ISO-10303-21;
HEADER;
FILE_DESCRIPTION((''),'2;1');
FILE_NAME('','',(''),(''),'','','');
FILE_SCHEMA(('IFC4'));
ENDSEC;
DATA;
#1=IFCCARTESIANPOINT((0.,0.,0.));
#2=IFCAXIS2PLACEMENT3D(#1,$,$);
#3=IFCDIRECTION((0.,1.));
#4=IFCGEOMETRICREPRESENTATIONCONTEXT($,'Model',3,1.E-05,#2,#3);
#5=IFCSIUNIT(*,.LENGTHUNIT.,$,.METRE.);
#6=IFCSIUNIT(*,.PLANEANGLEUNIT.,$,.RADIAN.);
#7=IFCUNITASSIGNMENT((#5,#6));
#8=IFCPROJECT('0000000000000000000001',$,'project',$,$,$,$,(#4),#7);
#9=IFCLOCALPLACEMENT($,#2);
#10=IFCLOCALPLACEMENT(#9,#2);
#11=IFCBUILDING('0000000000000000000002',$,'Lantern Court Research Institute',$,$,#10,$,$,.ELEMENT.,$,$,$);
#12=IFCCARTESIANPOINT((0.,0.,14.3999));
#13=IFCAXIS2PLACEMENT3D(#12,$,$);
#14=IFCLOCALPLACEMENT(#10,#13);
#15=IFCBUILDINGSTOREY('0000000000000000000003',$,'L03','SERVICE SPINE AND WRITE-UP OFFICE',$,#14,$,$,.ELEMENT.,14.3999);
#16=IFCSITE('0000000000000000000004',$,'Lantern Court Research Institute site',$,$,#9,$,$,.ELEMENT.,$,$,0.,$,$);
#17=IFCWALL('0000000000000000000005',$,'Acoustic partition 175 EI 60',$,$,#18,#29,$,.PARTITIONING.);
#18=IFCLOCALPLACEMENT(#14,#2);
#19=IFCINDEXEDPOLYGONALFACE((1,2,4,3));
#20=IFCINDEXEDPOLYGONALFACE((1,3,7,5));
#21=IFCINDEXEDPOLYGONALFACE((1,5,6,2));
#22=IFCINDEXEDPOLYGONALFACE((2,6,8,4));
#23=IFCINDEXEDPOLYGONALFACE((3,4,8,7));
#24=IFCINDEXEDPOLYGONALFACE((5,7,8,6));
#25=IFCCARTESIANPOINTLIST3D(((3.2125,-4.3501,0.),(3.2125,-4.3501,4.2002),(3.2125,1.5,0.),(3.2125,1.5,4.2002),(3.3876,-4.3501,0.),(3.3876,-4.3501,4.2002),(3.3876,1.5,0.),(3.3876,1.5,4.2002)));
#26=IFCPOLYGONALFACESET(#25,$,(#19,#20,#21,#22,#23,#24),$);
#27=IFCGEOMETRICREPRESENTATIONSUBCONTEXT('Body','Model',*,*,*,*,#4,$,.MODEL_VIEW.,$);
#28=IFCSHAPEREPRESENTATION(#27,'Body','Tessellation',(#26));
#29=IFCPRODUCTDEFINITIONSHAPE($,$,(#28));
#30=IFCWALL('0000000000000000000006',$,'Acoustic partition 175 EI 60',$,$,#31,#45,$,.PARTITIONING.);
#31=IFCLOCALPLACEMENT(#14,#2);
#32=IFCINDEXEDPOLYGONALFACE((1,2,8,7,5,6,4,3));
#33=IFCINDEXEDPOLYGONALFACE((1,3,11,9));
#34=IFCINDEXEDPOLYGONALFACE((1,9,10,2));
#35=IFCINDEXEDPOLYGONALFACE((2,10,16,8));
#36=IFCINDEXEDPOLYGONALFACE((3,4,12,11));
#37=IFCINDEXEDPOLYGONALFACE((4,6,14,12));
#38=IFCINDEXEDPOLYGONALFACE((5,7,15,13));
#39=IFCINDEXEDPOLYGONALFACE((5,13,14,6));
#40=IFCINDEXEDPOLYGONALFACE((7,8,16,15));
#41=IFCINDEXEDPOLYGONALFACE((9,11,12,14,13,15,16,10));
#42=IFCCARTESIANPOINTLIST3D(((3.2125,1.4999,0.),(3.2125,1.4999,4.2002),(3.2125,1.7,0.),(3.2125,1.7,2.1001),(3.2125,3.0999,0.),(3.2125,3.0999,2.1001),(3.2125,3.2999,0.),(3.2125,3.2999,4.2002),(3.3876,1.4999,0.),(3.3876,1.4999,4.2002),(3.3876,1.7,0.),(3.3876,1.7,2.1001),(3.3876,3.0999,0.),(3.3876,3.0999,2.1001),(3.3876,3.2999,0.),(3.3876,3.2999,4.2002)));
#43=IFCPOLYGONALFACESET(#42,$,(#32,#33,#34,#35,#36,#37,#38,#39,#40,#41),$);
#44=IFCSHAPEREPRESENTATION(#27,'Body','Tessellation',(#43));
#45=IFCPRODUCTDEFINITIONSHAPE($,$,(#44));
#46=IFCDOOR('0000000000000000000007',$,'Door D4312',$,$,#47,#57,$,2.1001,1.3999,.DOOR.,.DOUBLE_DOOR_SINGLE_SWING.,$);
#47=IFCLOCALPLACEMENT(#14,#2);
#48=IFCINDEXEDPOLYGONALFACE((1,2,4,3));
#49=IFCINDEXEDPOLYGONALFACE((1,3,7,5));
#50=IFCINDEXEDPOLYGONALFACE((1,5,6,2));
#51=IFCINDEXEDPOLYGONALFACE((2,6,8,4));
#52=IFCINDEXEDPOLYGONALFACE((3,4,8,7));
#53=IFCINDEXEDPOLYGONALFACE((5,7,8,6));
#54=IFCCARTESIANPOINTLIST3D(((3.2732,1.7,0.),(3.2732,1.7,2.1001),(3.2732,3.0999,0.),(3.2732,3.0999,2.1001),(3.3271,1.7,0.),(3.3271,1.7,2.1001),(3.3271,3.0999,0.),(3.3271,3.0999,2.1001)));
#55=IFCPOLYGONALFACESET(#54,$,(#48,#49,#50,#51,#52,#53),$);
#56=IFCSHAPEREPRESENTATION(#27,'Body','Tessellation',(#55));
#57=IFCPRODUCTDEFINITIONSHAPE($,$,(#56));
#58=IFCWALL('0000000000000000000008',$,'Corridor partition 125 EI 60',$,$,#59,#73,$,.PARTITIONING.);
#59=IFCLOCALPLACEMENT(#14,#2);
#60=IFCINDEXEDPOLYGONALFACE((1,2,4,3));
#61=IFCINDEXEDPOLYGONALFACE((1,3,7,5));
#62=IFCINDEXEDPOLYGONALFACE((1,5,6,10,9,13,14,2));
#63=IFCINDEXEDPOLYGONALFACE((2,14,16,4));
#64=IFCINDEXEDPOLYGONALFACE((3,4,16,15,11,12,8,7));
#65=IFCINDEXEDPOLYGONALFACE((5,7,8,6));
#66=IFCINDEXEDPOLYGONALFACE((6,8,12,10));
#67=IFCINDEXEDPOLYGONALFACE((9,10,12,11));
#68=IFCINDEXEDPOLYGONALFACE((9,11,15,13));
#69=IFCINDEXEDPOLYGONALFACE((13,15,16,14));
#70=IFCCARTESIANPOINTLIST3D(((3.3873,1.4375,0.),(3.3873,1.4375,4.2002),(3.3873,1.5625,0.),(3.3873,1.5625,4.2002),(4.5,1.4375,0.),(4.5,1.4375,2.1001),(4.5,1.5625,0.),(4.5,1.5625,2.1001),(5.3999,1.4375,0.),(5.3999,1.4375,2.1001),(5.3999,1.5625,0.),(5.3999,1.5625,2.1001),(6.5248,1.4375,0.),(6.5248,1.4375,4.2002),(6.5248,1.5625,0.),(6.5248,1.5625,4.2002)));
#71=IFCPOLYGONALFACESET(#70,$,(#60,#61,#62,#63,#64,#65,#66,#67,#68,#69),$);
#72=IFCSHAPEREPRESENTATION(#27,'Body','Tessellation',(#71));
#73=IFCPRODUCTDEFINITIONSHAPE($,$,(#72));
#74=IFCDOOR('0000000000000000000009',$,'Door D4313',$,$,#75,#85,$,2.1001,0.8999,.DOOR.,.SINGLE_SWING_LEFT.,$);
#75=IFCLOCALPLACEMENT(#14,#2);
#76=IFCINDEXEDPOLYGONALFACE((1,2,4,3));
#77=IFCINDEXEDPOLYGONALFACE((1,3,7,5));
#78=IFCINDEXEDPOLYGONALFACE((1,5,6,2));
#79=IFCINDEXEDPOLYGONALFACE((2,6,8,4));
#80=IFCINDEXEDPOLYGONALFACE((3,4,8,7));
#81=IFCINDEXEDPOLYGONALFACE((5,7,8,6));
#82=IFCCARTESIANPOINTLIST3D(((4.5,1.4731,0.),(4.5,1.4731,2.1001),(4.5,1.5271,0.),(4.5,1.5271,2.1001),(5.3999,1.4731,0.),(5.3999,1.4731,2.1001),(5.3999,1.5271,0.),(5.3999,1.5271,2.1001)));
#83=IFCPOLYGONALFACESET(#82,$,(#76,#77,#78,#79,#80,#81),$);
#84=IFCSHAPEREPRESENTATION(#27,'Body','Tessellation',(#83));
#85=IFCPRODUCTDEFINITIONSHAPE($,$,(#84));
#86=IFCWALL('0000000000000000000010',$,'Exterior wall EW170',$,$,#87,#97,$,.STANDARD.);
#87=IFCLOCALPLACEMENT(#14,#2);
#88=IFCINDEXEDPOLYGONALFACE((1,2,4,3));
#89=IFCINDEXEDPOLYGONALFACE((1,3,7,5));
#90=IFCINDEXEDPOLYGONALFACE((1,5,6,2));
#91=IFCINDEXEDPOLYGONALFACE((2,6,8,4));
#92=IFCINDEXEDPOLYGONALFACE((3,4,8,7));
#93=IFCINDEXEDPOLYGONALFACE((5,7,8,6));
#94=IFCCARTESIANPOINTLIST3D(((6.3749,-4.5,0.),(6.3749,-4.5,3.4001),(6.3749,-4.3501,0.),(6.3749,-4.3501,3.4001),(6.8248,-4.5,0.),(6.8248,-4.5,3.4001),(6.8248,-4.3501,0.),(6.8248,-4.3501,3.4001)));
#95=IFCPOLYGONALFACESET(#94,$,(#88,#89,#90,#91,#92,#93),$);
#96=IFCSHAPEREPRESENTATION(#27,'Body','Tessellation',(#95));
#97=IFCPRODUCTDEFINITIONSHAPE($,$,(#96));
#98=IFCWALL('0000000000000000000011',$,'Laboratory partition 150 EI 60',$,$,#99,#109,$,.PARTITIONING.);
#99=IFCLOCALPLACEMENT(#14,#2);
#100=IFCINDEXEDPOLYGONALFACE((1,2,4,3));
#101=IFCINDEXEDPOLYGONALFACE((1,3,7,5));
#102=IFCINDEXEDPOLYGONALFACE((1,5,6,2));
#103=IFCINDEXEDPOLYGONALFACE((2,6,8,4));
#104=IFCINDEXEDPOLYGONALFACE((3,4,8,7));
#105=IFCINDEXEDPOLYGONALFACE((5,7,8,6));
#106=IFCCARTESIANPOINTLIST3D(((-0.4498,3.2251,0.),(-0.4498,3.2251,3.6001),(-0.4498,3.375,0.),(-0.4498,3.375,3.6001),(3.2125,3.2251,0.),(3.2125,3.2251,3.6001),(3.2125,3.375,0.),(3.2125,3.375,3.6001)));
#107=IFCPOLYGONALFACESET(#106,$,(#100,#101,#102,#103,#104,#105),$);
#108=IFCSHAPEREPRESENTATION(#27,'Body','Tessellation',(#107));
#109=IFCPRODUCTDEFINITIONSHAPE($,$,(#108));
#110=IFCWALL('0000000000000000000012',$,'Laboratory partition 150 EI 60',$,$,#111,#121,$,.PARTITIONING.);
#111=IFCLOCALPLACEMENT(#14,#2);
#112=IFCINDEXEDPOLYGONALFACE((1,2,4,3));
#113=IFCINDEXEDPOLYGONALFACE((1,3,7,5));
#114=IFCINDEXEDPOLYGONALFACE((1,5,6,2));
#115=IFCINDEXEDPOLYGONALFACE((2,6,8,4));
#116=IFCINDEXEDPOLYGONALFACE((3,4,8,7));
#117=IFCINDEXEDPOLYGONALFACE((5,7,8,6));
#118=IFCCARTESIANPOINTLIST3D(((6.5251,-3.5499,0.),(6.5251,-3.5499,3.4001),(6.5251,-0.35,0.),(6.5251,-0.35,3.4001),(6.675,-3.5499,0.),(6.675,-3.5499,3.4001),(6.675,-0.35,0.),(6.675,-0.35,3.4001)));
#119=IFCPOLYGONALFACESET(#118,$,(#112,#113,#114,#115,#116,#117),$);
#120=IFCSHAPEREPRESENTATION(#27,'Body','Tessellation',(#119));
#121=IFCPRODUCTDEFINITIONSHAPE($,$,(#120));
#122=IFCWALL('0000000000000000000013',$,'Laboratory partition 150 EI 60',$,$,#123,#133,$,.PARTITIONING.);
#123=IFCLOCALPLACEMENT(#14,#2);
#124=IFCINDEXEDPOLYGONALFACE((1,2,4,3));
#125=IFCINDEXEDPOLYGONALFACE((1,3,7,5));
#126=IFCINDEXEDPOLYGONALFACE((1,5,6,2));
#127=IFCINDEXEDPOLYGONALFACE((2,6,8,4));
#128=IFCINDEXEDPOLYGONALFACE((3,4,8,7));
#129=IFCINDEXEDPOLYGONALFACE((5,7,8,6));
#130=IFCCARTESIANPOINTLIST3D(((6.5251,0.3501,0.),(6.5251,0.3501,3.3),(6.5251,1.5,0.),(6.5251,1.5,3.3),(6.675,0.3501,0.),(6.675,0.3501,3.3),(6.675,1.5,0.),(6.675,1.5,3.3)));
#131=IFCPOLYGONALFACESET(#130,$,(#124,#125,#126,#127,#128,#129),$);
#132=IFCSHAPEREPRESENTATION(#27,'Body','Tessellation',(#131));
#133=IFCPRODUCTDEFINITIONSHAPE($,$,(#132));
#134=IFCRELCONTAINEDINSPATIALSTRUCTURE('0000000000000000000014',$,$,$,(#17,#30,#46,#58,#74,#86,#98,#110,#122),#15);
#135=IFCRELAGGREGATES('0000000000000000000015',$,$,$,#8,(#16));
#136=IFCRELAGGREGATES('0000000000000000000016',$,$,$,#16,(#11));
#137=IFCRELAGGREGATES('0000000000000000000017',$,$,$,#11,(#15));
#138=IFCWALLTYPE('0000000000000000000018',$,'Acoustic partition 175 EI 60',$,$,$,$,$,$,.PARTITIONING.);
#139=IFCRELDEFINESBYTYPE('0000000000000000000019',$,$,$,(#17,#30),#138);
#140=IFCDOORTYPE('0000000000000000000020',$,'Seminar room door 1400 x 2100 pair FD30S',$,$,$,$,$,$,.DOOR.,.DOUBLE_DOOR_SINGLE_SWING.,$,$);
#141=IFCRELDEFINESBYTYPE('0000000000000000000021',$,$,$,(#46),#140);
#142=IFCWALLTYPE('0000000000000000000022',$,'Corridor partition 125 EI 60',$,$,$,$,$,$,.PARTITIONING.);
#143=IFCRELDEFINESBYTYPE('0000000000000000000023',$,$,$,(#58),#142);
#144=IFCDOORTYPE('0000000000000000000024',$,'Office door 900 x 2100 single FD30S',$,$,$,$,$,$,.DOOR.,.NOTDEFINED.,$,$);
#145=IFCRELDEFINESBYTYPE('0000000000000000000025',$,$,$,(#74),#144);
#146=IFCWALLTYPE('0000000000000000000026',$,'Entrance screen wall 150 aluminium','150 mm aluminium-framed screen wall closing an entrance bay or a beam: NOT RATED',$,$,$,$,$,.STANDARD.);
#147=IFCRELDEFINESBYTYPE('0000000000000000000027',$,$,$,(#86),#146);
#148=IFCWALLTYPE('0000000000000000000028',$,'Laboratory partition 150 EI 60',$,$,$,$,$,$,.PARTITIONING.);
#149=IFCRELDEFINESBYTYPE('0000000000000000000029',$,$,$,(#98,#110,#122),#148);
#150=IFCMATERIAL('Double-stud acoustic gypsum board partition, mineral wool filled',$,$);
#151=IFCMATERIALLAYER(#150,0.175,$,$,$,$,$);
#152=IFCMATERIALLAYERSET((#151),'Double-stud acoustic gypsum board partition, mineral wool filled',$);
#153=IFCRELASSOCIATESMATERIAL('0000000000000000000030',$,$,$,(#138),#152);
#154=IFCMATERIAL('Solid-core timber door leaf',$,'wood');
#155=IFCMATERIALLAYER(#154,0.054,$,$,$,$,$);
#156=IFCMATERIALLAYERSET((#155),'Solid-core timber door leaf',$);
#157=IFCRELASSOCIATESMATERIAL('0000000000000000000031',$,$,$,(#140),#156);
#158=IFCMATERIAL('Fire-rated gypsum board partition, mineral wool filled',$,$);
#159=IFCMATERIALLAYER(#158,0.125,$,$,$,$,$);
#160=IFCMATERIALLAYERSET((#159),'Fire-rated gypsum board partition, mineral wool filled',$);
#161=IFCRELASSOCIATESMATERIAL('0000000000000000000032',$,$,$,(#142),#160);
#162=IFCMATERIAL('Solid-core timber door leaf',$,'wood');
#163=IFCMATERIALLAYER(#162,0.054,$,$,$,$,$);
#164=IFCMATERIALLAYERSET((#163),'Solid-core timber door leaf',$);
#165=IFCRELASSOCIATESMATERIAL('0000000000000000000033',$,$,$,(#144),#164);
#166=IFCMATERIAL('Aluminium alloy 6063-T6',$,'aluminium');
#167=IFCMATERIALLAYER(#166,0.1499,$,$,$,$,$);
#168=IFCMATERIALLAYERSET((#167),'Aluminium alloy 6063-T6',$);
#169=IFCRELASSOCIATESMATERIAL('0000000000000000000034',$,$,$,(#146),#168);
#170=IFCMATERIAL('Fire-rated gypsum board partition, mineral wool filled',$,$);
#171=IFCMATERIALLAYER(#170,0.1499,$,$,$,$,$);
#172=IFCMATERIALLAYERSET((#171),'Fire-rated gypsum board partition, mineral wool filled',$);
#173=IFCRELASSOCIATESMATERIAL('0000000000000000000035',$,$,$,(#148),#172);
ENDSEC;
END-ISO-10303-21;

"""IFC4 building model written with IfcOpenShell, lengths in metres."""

from ifc_helpers import new_model, si_unit, direction, frame, frame_2d, origin, place, context, subcontext, project, spatial, rectangle, extrude, material, layer, layer_set, type_object, element, fill, save


model = new_model("IFC4")

# Units and contexts
model_context = context("Model", 3, precision=1e-05, world=origin(), true_north=direction((0.0, 1.0)))
body_context = subcontext(model_context, "Body", "Model", "MODEL_VIEW")
ifc_project = project(units=[si_unit("LENGTHUNIT", "METRE"), si_unit("PLANEANGLEUNIT", "RADIAN")], contexts=[model_context])

# Site, building, storey
site_placement = place(None, origin())
site = spatial("IfcSite", under=ifc_project, at=site_placement, Name="Lantern Court Research Institute site", CompositionType="ELEMENT", RefElevation=0.0)
building_placement = place(site_placement, origin())
building = spatial("IfcBuilding", under=site, at=building_placement, Name="Lantern Court Research Institute", CompositionType="ELEMENT")
storey_placement = place(building_placement, frame((0.0, 0.0, 14.3999)))
storey = spatial("IfcBuildingStorey", under=building, at=storey_placement, Name="L03", Description="SERVICE SPINE AND WRITE-UP OFFICE", CompositionType="ELEMENT", Elevation=14.3999)

# Wall
ifc_material_1 = material(Name="Double-stud acoustic gypsum board partition, mineral wool filled")
ifc_layer_1 = layer(ifc_material_1, 0.175)
ifc_layer_set_1 = layer_set([ifc_layer_1], Name="Double-stud acoustic gypsum board partition, mineral wool filled")
wall_type_1 = type_object("IfcWallType", Name="Acoustic partition 175 EI 60", PredefinedType="PARTITIONING", material=ifc_layer_set_1)
wall_1_placement = place(storey_placement, frame((3.3, -4.3501, 0.0), z_axis=(0.0, 0.0, 1.0), x_axis=(0.0, 1.0, 0.0)))
element("IfcWall", 1, at=wall_1_placement, inside=storey, type_object=wall_type_1, Name="Acoustic partition 175 EI 60", PredefinedType="PARTITIONING", context=body_context, shape_type="SweptSolid", body=[
    extrude(rectangle(XDim=5.8501, YDim=0.175, at=frame_2d((2.925, 0.0))), origin(), (0.0, 0.0, 1.0), 4.2002),
])

# Walls, openings, doors
wall_2_placement = place(storey_placement, frame((3.3, 1.5, 0.0), z_axis=(0.0, 0.0, 1.0), x_axis=(0.0, 1.0, 0.0)))
wall_2 = element("IfcWall", 2, at=wall_2_placement, inside=storey, type_object=wall_type_1, Name="Acoustic partition 175 EI 60", PredefinedType="PARTITIONING", context=body_context, shape_type="SweptSolid", body=[
    extrude(rectangle(XDim=1.8, YDim=0.175, at=frame_2d((0.8999, 0.0))), origin(), (0.0, 0.0, 1.0), 4.2002),
])
opening_1_placement = place(wall_2_placement, frame((0.2, 0.0, 0.0)))
opening_1 = element("IfcOpeningElement", 3, at=opening_1_placement, cuts=wall_2, PredefinedType="OPENING", context=body_context, shape_type="SweptSolid", body=[
    extrude(rectangle(XDim=1.3999, YDim=2.1001, at=frame_2d((0.7, 1.05))), frame((0.0, 0.0974, 0.0), z_axis=(0.0, -1.0, 0.0), x_axis=(1.0, 0.0, 0.0)), (0.0, 0.0, 1.0), 0.1951),
])
ifc_material_2 = material(Name="Solid-core timber door leaf", Category="wood")
ifc_layer_2 = layer(ifc_material_2, 0.054)
ifc_layer_set_2 = layer_set([ifc_layer_2], Name="Solid-core timber door leaf")
door_type_1 = type_object("IfcDoorType", Name="Seminar room door 1400 x 2100 pair FD30S", OperationType="DOUBLE_DOOR_SINGLE_SWING", PredefinedType="DOOR", material=ifc_layer_set_2)
door_1_placement = place(opening_1_placement, origin())
door_1 = element("IfcDoor", 4, at=door_1_placement, inside=storey, type_object=door_type_1, Name="Door D4312", OperationType="DOUBLE_DOOR_SINGLE_SWING", OverallHeight=2.1001, OverallWidth=1.3999, PredefinedType="DOOR", context=body_context, shape_type="SweptSolid", body=[
    extrude(rectangle(XDim=1.3999, YDim=2.1001, at=frame_2d((0.7, 1.05))), frame((0.0, 0.0269, 0.0), z_axis=(0.0, -1.0, 0.0), x_axis=(1.0, 0.0, 0.0)), (0.0, 0.0, 1.0), 0.054),
])
fill(opening_1, door_1)
ifc_material_3 = material(Name="Fire-rated gypsum board partition, mineral wool filled")
ifc_layer_3 = layer(ifc_material_3, 0.125)
ifc_layer_set_3 = layer_set([ifc_layer_3], Name="Fire-rated gypsum board partition, mineral wool filled")
wall_type_2 = type_object("IfcWallType", Name="Corridor partition 125 EI 60", PredefinedType="PARTITIONING", material=ifc_layer_set_3)
wall_3_placement = place(storey_placement, frame((6.5249, 1.5, 0.0), z_axis=(0.0, 0.0, 1.0), x_axis=(-1.0, 0.0, 0.0)))
wall_3 = element("IfcWall", 5, at=wall_3_placement, inside=storey, type_object=wall_type_2, Name="Corridor partition 125 EI 60", PredefinedType="PARTITIONING", context=body_context, shape_type="SweptSolid", body=[
    extrude(rectangle(XDim=3.1375, YDim=0.125, at=frame_2d((1.5688, 0.0))), origin(), (0.0, 0.0, 1.0), 4.2002),
])
opening_2_placement = place(wall_3_placement, frame((1.125, 0.0, 0.0)))
opening_2 = element("IfcOpeningElement", 6, at=opening_2_placement, cuts=wall_3, PredefinedType="OPENING", context=body_context, shape_type="SweptSolid", body=[
    extrude(rectangle(XDim=0.8999, YDim=2.1001, at=frame_2d((0.45, 1.05))), frame((0.0, 0.0725, 0.0), z_axis=(0.0, -1.0, 0.0), x_axis=(1.0, 0.0, 0.0)), (0.0, 0.0, 1.0), 0.145),
])
ifc_material_4 = material(Name="Solid-core timber door leaf", Category="wood")
ifc_layer_4 = layer(ifc_material_4, 0.054)
ifc_layer_set_4 = layer_set([ifc_layer_4], Name="Solid-core timber door leaf")
door_type_2 = type_object("IfcDoorType", Name="Office door 900 x 2100 single FD30S", OperationType="NOTDEFINED", PredefinedType="DOOR", material=ifc_layer_set_4)
door_2_placement = place(opening_2_placement, origin())
door_2 = element("IfcDoor", 7, at=door_2_placement, inside=storey, type_object=door_type_2, Name="Door D4313", OperationType="SINGLE_SWING_LEFT", OverallHeight=2.1001, OverallWidth=0.8999, PredefinedType="DOOR", context=body_context, shape_type="SweptSolid", body=[
    extrude(rectangle(XDim=0.8999, YDim=2.1001, at=frame_2d((0.45, 1.05))), frame((0.0, 0.0269, 0.0), z_axis=(0.0, -1.0, 0.0), x_axis=(1.0, 0.0, 0.0)), (0.0, 0.0, 1.0), 0.054),
])
fill(opening_2, door_2)

# Walls
ifc_material_5 = material(Name="Aluminium alloy 6063-T6", Category="aluminium")
ifc_layer_5 = layer(ifc_material_5, 0.1499)
ifc_layer_set_5 = layer_set([ifc_layer_5], Name="Aluminium alloy 6063-T6")
wall_type_3 = type_object("IfcWallType", Name="Entrance screen wall 150 aluminium", Description="150 mm aluminium-framed screen wall closing an entrance bay or a beam: NOT RATED", PredefinedType="STANDARD", material=ifc_layer_set_5)
wall_4_placement = place(storey_placement, frame((6.825, -4.425, 0.0), z_axis=(0.0, 0.0, 1.0), x_axis=(-1.0, 0.0, 0.0)))
element("IfcWall", 8, at=wall_4_placement, inside=storey, type_object=wall_type_3, Name="Exterior wall EW170", PredefinedType="STANDARD", context=body_context, shape_type="SweptSolid", body=[
    extrude(rectangle(XDim=0.45, YDim=0.1499, at=frame_2d((0.2251, 0.0))), origin(), (0.0, 0.0, 1.0), 3.4001),
])
ifc_material_6 = material(Name="Fire-rated gypsum board partition, mineral wool filled")
ifc_layer_6 = layer(ifc_material_6, 0.1499)
ifc_layer_set_6 = layer_set([ifc_layer_6], Name="Fire-rated gypsum board partition, mineral wool filled")
wall_type_4 = type_object("IfcWallType", Name="Laboratory partition 150 EI 60", PredefinedType="PARTITIONING", material=ifc_layer_set_6)
wall_5_placement = place(storey_placement, frame((3.2124, 3.3, 0.0), z_axis=(0.0, 0.0, 1.0), x_axis=(-1.0, 0.0, 0.0)))
element("IfcWall", 9, at=wall_5_placement, inside=storey, type_object=wall_type_4, Name="Laboratory partition 150 EI 60", PredefinedType="PARTITIONING", context=body_context, shape_type="SweptSolid", body=[
    extrude(rectangle(XDim=3.6624, YDim=0.1499, at=frame_2d((1.8311, 0.0))), origin(), (0.0, 0.0, 1.0), 3.6001),
])
wall_6_placement = place(storey_placement, frame((6.6001, -3.55, 0.0), z_axis=(0.0, 0.0, 1.0), x_axis=(0.0, 1.0, 0.0)))
element("IfcWall", 10, at=wall_6_placement, inside=storey, type_object=wall_type_4, Name="Laboratory partition 150 EI 60", PredefinedType="PARTITIONING", context=body_context, shape_type="SweptSolid", body=[
    extrude(rectangle(XDim=3.2, YDim=0.1499, at=frame_2d((1.6001, 0.0))), origin(), (0.0, 0.0, 1.0), 3.4001),
])
wall_7_placement = place(storey_placement, frame((6.6001, 0.3501, 0.0), z_axis=(0.0, 0.0, 1.0), x_axis=(0.0, 1.0, 0.0)))
element("IfcWall", 11, at=wall_7_placement, inside=storey, type_object=wall_type_4, Name="Laboratory partition 150 EI 60", PredefinedType="PARTITIONING", context=body_context, shape_type="SweptSolid", body=[
    extrude(rectangle(XDim=1.1499, YDim=0.1499, at=frame_2d((0.575, 0.0))), origin(), (0.0, 0.0, 1.0), 3.3),
])

save(model, "model.ifc")
